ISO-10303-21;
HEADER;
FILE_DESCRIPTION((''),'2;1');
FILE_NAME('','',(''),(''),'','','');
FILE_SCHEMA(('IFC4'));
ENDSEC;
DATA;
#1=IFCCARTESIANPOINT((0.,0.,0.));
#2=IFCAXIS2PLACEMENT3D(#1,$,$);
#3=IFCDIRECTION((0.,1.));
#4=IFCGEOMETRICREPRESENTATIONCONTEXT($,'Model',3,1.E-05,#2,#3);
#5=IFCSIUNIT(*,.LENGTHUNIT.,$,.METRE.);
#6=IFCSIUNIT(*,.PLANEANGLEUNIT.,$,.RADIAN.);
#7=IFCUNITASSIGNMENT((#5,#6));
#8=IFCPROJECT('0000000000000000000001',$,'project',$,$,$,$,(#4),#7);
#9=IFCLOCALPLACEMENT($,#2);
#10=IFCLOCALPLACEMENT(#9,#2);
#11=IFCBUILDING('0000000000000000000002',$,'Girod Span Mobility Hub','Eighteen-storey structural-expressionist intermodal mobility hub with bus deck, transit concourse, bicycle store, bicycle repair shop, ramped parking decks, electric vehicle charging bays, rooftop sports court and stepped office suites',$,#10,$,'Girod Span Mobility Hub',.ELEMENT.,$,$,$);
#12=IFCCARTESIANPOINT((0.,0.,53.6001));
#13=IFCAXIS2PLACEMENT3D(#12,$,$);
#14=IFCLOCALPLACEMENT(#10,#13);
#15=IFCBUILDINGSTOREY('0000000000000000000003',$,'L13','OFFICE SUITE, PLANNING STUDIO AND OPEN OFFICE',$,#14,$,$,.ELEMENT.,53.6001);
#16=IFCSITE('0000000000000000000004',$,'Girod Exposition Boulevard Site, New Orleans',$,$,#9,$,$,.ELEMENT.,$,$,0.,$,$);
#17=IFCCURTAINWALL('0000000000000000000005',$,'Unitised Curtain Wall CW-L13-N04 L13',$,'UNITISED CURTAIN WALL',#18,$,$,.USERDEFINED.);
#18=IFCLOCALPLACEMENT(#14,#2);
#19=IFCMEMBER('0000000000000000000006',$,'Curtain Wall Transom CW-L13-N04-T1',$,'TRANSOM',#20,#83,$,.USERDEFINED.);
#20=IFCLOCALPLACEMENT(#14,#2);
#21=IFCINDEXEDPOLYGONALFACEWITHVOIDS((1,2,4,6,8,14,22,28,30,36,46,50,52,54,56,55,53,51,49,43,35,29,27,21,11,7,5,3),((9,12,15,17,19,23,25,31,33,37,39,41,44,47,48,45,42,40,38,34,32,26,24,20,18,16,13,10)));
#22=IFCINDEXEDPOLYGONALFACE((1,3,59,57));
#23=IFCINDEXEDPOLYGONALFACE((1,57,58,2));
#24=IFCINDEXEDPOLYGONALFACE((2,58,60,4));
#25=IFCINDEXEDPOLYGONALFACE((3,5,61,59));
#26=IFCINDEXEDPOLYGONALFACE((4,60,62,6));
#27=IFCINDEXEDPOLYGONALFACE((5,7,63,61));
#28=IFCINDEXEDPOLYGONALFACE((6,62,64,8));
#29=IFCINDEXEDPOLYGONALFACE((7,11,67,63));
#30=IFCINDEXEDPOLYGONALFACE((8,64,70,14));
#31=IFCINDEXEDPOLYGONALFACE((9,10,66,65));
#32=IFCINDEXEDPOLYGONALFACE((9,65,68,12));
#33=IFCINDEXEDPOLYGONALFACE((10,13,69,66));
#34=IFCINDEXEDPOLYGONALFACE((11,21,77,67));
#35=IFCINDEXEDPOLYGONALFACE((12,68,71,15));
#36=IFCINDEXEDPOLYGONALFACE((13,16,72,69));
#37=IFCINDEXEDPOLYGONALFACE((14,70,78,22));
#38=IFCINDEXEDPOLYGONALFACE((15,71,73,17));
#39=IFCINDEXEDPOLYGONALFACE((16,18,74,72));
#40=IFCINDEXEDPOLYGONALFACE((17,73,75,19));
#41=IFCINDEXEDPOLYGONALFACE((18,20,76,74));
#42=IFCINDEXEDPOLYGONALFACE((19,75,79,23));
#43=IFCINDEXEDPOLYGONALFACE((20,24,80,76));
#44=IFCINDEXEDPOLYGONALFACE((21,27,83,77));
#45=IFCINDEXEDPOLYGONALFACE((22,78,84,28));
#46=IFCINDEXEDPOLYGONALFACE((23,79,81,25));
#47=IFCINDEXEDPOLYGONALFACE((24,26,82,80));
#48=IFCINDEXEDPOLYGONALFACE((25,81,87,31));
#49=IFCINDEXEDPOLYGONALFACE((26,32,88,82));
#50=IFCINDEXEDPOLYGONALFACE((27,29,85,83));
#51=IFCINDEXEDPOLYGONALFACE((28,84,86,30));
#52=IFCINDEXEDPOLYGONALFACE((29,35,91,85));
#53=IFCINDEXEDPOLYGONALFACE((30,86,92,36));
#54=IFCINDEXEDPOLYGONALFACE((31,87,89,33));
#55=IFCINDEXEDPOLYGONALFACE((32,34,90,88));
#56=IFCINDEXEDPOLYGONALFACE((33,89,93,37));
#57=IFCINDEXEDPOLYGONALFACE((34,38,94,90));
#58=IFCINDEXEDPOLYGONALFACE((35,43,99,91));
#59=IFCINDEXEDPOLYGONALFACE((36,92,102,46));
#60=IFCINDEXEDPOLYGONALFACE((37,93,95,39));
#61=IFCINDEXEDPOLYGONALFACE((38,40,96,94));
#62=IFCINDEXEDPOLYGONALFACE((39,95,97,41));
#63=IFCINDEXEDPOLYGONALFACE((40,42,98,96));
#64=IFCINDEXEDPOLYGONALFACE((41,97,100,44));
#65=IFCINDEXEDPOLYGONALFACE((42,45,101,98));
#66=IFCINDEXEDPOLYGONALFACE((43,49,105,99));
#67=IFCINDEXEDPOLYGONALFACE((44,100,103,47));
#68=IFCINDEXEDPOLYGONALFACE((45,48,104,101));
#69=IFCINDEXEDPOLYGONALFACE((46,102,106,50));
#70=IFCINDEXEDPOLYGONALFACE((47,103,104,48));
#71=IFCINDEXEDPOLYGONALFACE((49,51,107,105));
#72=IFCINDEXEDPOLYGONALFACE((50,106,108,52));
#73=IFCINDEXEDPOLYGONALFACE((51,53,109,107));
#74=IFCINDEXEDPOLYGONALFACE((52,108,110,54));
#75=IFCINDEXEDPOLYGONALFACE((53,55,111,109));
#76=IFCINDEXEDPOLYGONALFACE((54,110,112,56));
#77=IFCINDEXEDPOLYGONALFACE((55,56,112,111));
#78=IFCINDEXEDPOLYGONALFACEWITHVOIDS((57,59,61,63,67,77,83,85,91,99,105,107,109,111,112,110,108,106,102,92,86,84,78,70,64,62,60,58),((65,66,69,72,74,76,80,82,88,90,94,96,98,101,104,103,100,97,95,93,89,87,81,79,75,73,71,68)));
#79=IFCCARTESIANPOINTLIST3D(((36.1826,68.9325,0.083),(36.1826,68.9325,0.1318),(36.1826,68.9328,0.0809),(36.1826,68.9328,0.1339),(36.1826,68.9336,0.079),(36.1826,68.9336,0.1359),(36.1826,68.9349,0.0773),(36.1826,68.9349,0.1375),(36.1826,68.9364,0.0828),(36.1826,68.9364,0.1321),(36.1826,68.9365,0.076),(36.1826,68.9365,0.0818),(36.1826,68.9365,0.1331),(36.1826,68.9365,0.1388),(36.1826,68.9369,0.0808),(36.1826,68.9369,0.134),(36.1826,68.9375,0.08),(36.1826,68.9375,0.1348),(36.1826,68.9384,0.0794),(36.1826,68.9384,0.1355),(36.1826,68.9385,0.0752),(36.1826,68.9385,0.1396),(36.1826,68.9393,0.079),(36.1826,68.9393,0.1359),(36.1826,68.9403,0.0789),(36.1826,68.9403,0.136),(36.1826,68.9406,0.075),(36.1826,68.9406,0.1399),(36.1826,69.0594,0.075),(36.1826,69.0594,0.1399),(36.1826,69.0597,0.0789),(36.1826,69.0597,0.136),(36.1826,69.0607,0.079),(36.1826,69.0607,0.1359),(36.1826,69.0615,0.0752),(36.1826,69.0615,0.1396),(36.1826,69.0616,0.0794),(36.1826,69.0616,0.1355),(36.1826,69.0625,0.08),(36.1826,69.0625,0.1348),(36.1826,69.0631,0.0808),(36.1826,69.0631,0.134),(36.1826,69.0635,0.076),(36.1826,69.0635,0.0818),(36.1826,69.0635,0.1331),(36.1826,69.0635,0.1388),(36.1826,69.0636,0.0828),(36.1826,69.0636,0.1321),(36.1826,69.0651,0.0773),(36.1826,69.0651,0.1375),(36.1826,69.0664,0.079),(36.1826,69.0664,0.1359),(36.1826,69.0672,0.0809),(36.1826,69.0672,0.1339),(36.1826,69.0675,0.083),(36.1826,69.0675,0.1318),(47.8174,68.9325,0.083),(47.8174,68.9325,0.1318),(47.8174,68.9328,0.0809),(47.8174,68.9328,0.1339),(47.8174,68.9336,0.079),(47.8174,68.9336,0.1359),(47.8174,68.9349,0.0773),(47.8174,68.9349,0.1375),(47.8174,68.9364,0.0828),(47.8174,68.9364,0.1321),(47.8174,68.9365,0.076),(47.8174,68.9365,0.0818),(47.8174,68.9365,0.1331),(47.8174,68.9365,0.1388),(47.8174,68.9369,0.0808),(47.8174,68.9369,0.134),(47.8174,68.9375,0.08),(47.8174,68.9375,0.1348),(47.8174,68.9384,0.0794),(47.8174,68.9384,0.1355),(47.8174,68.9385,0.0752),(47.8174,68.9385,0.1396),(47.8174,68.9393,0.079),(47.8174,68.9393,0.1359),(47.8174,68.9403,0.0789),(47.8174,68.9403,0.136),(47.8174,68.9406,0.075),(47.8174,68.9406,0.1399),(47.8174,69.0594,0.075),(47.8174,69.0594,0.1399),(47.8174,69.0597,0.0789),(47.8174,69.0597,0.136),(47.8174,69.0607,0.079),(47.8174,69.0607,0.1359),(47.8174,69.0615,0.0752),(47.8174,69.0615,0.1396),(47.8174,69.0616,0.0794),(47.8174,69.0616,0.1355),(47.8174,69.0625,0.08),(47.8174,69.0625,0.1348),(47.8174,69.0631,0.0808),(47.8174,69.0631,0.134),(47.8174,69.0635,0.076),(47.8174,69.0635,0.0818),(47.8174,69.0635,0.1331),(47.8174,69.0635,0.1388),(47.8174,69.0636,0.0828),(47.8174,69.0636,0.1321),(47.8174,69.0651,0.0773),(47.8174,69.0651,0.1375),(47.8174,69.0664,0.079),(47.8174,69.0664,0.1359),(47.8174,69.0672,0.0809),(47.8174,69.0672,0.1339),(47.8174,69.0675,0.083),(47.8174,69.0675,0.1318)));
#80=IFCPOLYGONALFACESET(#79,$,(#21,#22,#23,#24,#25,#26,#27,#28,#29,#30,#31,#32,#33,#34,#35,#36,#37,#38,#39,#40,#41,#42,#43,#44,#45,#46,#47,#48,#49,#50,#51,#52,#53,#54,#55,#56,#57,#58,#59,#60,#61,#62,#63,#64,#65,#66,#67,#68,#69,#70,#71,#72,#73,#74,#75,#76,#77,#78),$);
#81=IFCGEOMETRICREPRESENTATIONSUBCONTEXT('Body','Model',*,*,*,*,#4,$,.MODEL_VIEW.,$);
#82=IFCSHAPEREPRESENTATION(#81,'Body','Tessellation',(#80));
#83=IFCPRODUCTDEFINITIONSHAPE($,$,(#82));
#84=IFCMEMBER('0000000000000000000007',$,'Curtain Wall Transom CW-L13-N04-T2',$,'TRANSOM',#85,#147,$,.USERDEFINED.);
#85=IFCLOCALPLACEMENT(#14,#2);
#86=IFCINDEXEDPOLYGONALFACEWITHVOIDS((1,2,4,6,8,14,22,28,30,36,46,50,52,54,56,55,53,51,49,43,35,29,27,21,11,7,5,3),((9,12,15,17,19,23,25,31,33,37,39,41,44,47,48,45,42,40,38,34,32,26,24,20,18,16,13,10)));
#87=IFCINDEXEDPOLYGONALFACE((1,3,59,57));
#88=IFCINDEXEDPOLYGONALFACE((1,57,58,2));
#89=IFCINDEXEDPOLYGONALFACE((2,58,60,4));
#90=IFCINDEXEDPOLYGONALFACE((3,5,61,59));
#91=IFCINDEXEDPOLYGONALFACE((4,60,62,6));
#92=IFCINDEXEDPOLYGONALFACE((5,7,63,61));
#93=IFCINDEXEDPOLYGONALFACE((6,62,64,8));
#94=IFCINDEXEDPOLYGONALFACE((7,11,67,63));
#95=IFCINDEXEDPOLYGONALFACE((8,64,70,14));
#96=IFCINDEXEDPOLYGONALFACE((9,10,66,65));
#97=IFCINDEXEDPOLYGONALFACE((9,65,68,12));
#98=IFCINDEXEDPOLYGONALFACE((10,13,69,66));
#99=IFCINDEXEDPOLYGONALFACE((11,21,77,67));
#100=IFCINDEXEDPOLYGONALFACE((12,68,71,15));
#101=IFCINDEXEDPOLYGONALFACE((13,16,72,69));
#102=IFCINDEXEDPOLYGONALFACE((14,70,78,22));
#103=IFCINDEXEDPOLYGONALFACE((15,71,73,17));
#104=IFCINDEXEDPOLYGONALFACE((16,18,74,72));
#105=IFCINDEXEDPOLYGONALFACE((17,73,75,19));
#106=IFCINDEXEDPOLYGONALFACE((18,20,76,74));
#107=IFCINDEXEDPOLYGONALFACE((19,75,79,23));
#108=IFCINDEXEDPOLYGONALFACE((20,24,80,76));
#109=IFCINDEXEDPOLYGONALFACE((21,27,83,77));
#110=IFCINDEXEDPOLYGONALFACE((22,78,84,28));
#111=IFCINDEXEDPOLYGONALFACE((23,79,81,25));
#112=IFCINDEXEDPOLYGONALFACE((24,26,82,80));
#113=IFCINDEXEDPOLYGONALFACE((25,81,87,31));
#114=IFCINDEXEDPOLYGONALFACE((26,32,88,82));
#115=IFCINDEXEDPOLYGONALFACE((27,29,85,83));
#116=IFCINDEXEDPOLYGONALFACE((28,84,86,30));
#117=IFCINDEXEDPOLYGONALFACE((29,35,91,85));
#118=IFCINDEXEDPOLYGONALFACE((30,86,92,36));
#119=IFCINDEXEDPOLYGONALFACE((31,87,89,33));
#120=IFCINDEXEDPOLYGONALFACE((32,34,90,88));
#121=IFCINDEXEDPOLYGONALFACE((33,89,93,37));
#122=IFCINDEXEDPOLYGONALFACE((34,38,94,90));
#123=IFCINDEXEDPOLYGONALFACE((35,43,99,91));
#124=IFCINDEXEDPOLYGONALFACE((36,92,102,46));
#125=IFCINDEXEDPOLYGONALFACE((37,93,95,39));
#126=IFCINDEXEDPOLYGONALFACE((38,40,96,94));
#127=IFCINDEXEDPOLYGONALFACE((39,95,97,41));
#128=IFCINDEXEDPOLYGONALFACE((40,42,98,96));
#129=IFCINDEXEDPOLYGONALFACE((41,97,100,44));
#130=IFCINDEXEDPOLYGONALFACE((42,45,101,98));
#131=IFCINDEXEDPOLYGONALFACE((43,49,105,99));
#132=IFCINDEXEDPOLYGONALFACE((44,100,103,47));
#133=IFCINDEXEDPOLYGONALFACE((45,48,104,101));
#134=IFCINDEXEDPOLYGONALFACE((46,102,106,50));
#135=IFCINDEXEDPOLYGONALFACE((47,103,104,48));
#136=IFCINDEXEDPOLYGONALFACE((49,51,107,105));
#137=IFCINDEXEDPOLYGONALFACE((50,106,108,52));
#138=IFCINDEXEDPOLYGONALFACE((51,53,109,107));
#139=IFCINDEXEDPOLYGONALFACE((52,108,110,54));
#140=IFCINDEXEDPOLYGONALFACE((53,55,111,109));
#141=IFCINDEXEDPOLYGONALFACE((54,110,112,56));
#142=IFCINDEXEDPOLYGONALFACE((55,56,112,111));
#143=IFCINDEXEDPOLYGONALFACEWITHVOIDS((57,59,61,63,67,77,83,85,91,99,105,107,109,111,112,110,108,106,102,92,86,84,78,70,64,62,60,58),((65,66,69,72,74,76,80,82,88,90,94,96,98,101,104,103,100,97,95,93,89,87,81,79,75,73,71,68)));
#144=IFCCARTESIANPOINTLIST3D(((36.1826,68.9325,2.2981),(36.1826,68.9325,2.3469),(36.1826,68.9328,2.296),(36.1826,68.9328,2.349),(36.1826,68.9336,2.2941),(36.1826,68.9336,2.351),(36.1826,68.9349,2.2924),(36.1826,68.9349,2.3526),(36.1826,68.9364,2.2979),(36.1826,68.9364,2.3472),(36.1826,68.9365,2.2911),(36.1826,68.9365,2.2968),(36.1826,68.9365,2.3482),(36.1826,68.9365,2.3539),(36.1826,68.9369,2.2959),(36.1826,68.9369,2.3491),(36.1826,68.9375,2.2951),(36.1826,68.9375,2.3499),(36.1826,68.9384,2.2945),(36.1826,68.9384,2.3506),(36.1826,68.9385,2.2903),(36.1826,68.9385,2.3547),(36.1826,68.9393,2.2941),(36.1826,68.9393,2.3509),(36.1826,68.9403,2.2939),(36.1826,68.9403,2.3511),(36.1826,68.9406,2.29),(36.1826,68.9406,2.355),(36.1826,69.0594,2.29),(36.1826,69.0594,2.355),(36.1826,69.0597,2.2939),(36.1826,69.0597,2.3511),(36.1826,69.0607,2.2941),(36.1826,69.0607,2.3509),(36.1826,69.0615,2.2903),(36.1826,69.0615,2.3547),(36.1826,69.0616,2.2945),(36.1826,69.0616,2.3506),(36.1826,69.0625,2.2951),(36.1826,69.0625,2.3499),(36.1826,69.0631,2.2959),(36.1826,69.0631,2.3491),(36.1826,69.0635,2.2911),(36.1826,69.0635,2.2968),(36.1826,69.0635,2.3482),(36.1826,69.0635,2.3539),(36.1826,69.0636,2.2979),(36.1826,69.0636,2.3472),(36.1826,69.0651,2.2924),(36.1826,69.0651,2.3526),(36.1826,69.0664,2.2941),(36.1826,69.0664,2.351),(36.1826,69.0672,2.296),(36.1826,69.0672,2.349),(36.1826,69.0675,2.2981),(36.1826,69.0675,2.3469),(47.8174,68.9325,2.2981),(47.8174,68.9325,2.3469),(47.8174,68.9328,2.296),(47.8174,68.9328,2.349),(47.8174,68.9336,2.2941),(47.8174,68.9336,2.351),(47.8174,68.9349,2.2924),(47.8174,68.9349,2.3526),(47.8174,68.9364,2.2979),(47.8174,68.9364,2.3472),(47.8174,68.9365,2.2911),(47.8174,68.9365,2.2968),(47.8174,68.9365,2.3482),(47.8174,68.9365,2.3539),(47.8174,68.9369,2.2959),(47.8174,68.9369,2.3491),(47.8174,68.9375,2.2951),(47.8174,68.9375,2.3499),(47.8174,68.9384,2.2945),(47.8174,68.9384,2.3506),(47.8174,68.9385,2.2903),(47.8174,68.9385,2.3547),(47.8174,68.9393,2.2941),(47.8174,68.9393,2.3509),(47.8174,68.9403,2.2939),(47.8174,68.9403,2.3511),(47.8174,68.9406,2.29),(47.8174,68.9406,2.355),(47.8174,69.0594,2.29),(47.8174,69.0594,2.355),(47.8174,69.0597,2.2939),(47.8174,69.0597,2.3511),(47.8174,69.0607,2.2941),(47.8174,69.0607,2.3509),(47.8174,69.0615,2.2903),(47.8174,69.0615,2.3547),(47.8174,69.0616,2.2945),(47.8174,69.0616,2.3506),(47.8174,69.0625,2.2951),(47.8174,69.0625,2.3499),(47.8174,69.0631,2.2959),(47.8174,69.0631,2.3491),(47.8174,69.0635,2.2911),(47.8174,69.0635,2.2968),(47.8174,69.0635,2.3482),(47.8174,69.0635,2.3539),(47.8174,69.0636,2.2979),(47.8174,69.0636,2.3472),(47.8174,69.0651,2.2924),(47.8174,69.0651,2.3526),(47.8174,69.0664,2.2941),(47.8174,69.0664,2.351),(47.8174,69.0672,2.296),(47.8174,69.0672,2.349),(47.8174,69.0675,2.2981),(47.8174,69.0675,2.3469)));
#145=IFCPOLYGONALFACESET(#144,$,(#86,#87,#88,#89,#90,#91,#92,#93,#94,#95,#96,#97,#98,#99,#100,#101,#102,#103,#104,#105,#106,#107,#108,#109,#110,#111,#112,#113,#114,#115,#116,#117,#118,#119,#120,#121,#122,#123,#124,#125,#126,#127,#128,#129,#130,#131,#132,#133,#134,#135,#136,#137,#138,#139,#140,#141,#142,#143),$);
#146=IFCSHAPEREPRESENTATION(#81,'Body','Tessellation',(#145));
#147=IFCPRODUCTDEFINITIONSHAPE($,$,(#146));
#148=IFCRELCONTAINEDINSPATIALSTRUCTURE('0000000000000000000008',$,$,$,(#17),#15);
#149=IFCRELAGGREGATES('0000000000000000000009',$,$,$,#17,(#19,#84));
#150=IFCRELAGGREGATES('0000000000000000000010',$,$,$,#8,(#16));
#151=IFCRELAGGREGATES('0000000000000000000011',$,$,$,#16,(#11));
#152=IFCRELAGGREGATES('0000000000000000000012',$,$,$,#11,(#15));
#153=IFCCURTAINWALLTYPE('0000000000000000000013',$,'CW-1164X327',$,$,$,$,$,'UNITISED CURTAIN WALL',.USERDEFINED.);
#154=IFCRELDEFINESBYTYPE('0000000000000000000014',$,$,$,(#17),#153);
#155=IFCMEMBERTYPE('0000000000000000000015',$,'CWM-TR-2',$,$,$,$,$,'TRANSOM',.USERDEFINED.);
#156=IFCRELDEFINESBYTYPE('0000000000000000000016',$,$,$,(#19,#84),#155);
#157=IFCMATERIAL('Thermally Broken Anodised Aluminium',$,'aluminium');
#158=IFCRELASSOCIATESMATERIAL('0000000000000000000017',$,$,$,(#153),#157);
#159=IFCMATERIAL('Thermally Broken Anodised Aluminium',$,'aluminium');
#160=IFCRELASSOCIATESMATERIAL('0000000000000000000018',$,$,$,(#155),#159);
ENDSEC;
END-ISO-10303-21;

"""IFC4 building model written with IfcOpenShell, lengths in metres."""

from ifc_helpers import new_model, si_unit, direction, frame, origin, origin_2d, place, context, subcontext, project, spatial, hollow_rectangle, extrude, material, material_profile, profile_set, type_object, element, aggregate, save


model = new_model("IFC4")

# Units and contexts
model_context = context("Model", 3, precision=1e-05, world=origin(), true_north=direction((0.0, 1.0)))
body_context = subcontext(model_context, "Body", "Model", "MODEL_VIEW")
ifc_project = project(units=[si_unit("LENGTHUNIT", "METRE"), si_unit("PLANEANGLEUNIT", "RADIAN")], contexts=[model_context])

# Site, building, storey
site_placement = place(None, origin())
site = spatial("IfcSite", under=ifc_project, at=site_placement, Name="Girod Exposition Boulevard Site, New Orleans", CompositionType="ELEMENT", RefElevation=0.0)
building_placement = place(site_placement, origin())
building = spatial("IfcBuilding", under=site, at=building_placement, Name="Girod Span Mobility Hub", Description="Eighteen-storey structural-expressionist intermodal mobility hub with bus deck, transit concourse, bicycle store, bicycle repair shop, ramped parking decks, electric vehicle charging bays, rooftop sports court and stepped office suites", LongName="Girod Span Mobility Hub", CompositionType="ELEMENT")
storey_placement = place(building_placement, frame((0.0, 0.0, 53.6001)))
storey = spatial("IfcBuildingStorey", under=building, at=storey_placement, Name="L13", Description="OFFICE SUITE, PLANNING STUDIO AND OPEN OFFICE", CompositionType="ELEMENT", Elevation=53.6001)

# Curtain wall, members
ifc_material_1 = material(Name="Thermally Broken Anodised Aluminium", Category="aluminium")
curtain_wall_type = type_object("IfcCurtainWallType", Name="CW-1164X327", ElementType="UNITISED CURTAIN WALL", PredefinedType="USERDEFINED", material=ifc_material_1)
curtain_wall_placement = place(storey_placement, origin())
curtain_wall = element("IfcCurtainWall", 1, at=curtain_wall_placement, inside=storey, type_object=curtain_wall_type, Name="Unitised Curtain Wall CW-L13-N04 L13", ObjectType="UNITISED CURTAIN WALL", PredefinedType="USERDEFINED")
ifc_material_2 = material(Name="Thermally Broken Anodised Aluminium", Category="aluminium")
ifc_material_profile_1 = material_profile(ifc_material_2, hollow_rectangle(XDim=0.135, YDim=0.0649, WallThickness=0.0039, InnerFilletRadius=0.0039, OuterFilletRadius=0.0081, at=origin_2d()), Name="CW-TR-65X135")
ifc_profile_set_1 = profile_set([ifc_material_profile_1], Name="Thermally Broken Anodised Aluminium")
member_type_1 = type_object("IfcMemberType", Name="CWM-TR-2", ElementType="TRANSOM", PredefinedType="USERDEFINED", material=ifc_profile_set_1)
member_1_placement = place(storey_placement, frame((36.1826, 69.0, 0.1074), z_axis=(1.0, 0.0, 0.0), x_axis=(0.0, 1.0, 0.0)))
member_1 = element("IfcMember", 2, at=member_1_placement, type_object=member_type_1, Name="Curtain Wall Transom CW-L13-N04-T1", ObjectType="TRANSOM", PredefinedType="USERDEFINED", context=body_context, shape_type="SweptSolid", body=[
    extrude(hollow_rectangle(XDim=0.135, YDim=0.0649, WallThickness=0.0039, InnerFilletRadius=0.0039, OuterFilletRadius=0.0081, at=origin_2d()), origin(), (0.0, 0.0, 1.0), 11.6348),
])
member_2_placement = place(storey_placement, frame((36.1826, 69.0, 2.3225), z_axis=(1.0, 0.0, 0.0), x_axis=(0.0, 1.0, 0.0)))
member_2 = element("IfcMember", 3, at=member_2_placement, type_object=member_type_1, Name="Curtain Wall Transom CW-L13-N04-T2", ObjectType="TRANSOM", PredefinedType="USERDEFINED", context=body_context, shape_type="SweptSolid", body=[
    extrude(hollow_rectangle(XDim=0.135, YDim=0.0649, WallThickness=0.0039, InnerFilletRadius=0.0039, OuterFilletRadius=0.0081, at=origin_2d()), origin(), (0.0, 0.0, 1.0), 11.6348),
])
aggregate(curtain_wall, [member_1, member_2])

save(model, "model.ifc")
